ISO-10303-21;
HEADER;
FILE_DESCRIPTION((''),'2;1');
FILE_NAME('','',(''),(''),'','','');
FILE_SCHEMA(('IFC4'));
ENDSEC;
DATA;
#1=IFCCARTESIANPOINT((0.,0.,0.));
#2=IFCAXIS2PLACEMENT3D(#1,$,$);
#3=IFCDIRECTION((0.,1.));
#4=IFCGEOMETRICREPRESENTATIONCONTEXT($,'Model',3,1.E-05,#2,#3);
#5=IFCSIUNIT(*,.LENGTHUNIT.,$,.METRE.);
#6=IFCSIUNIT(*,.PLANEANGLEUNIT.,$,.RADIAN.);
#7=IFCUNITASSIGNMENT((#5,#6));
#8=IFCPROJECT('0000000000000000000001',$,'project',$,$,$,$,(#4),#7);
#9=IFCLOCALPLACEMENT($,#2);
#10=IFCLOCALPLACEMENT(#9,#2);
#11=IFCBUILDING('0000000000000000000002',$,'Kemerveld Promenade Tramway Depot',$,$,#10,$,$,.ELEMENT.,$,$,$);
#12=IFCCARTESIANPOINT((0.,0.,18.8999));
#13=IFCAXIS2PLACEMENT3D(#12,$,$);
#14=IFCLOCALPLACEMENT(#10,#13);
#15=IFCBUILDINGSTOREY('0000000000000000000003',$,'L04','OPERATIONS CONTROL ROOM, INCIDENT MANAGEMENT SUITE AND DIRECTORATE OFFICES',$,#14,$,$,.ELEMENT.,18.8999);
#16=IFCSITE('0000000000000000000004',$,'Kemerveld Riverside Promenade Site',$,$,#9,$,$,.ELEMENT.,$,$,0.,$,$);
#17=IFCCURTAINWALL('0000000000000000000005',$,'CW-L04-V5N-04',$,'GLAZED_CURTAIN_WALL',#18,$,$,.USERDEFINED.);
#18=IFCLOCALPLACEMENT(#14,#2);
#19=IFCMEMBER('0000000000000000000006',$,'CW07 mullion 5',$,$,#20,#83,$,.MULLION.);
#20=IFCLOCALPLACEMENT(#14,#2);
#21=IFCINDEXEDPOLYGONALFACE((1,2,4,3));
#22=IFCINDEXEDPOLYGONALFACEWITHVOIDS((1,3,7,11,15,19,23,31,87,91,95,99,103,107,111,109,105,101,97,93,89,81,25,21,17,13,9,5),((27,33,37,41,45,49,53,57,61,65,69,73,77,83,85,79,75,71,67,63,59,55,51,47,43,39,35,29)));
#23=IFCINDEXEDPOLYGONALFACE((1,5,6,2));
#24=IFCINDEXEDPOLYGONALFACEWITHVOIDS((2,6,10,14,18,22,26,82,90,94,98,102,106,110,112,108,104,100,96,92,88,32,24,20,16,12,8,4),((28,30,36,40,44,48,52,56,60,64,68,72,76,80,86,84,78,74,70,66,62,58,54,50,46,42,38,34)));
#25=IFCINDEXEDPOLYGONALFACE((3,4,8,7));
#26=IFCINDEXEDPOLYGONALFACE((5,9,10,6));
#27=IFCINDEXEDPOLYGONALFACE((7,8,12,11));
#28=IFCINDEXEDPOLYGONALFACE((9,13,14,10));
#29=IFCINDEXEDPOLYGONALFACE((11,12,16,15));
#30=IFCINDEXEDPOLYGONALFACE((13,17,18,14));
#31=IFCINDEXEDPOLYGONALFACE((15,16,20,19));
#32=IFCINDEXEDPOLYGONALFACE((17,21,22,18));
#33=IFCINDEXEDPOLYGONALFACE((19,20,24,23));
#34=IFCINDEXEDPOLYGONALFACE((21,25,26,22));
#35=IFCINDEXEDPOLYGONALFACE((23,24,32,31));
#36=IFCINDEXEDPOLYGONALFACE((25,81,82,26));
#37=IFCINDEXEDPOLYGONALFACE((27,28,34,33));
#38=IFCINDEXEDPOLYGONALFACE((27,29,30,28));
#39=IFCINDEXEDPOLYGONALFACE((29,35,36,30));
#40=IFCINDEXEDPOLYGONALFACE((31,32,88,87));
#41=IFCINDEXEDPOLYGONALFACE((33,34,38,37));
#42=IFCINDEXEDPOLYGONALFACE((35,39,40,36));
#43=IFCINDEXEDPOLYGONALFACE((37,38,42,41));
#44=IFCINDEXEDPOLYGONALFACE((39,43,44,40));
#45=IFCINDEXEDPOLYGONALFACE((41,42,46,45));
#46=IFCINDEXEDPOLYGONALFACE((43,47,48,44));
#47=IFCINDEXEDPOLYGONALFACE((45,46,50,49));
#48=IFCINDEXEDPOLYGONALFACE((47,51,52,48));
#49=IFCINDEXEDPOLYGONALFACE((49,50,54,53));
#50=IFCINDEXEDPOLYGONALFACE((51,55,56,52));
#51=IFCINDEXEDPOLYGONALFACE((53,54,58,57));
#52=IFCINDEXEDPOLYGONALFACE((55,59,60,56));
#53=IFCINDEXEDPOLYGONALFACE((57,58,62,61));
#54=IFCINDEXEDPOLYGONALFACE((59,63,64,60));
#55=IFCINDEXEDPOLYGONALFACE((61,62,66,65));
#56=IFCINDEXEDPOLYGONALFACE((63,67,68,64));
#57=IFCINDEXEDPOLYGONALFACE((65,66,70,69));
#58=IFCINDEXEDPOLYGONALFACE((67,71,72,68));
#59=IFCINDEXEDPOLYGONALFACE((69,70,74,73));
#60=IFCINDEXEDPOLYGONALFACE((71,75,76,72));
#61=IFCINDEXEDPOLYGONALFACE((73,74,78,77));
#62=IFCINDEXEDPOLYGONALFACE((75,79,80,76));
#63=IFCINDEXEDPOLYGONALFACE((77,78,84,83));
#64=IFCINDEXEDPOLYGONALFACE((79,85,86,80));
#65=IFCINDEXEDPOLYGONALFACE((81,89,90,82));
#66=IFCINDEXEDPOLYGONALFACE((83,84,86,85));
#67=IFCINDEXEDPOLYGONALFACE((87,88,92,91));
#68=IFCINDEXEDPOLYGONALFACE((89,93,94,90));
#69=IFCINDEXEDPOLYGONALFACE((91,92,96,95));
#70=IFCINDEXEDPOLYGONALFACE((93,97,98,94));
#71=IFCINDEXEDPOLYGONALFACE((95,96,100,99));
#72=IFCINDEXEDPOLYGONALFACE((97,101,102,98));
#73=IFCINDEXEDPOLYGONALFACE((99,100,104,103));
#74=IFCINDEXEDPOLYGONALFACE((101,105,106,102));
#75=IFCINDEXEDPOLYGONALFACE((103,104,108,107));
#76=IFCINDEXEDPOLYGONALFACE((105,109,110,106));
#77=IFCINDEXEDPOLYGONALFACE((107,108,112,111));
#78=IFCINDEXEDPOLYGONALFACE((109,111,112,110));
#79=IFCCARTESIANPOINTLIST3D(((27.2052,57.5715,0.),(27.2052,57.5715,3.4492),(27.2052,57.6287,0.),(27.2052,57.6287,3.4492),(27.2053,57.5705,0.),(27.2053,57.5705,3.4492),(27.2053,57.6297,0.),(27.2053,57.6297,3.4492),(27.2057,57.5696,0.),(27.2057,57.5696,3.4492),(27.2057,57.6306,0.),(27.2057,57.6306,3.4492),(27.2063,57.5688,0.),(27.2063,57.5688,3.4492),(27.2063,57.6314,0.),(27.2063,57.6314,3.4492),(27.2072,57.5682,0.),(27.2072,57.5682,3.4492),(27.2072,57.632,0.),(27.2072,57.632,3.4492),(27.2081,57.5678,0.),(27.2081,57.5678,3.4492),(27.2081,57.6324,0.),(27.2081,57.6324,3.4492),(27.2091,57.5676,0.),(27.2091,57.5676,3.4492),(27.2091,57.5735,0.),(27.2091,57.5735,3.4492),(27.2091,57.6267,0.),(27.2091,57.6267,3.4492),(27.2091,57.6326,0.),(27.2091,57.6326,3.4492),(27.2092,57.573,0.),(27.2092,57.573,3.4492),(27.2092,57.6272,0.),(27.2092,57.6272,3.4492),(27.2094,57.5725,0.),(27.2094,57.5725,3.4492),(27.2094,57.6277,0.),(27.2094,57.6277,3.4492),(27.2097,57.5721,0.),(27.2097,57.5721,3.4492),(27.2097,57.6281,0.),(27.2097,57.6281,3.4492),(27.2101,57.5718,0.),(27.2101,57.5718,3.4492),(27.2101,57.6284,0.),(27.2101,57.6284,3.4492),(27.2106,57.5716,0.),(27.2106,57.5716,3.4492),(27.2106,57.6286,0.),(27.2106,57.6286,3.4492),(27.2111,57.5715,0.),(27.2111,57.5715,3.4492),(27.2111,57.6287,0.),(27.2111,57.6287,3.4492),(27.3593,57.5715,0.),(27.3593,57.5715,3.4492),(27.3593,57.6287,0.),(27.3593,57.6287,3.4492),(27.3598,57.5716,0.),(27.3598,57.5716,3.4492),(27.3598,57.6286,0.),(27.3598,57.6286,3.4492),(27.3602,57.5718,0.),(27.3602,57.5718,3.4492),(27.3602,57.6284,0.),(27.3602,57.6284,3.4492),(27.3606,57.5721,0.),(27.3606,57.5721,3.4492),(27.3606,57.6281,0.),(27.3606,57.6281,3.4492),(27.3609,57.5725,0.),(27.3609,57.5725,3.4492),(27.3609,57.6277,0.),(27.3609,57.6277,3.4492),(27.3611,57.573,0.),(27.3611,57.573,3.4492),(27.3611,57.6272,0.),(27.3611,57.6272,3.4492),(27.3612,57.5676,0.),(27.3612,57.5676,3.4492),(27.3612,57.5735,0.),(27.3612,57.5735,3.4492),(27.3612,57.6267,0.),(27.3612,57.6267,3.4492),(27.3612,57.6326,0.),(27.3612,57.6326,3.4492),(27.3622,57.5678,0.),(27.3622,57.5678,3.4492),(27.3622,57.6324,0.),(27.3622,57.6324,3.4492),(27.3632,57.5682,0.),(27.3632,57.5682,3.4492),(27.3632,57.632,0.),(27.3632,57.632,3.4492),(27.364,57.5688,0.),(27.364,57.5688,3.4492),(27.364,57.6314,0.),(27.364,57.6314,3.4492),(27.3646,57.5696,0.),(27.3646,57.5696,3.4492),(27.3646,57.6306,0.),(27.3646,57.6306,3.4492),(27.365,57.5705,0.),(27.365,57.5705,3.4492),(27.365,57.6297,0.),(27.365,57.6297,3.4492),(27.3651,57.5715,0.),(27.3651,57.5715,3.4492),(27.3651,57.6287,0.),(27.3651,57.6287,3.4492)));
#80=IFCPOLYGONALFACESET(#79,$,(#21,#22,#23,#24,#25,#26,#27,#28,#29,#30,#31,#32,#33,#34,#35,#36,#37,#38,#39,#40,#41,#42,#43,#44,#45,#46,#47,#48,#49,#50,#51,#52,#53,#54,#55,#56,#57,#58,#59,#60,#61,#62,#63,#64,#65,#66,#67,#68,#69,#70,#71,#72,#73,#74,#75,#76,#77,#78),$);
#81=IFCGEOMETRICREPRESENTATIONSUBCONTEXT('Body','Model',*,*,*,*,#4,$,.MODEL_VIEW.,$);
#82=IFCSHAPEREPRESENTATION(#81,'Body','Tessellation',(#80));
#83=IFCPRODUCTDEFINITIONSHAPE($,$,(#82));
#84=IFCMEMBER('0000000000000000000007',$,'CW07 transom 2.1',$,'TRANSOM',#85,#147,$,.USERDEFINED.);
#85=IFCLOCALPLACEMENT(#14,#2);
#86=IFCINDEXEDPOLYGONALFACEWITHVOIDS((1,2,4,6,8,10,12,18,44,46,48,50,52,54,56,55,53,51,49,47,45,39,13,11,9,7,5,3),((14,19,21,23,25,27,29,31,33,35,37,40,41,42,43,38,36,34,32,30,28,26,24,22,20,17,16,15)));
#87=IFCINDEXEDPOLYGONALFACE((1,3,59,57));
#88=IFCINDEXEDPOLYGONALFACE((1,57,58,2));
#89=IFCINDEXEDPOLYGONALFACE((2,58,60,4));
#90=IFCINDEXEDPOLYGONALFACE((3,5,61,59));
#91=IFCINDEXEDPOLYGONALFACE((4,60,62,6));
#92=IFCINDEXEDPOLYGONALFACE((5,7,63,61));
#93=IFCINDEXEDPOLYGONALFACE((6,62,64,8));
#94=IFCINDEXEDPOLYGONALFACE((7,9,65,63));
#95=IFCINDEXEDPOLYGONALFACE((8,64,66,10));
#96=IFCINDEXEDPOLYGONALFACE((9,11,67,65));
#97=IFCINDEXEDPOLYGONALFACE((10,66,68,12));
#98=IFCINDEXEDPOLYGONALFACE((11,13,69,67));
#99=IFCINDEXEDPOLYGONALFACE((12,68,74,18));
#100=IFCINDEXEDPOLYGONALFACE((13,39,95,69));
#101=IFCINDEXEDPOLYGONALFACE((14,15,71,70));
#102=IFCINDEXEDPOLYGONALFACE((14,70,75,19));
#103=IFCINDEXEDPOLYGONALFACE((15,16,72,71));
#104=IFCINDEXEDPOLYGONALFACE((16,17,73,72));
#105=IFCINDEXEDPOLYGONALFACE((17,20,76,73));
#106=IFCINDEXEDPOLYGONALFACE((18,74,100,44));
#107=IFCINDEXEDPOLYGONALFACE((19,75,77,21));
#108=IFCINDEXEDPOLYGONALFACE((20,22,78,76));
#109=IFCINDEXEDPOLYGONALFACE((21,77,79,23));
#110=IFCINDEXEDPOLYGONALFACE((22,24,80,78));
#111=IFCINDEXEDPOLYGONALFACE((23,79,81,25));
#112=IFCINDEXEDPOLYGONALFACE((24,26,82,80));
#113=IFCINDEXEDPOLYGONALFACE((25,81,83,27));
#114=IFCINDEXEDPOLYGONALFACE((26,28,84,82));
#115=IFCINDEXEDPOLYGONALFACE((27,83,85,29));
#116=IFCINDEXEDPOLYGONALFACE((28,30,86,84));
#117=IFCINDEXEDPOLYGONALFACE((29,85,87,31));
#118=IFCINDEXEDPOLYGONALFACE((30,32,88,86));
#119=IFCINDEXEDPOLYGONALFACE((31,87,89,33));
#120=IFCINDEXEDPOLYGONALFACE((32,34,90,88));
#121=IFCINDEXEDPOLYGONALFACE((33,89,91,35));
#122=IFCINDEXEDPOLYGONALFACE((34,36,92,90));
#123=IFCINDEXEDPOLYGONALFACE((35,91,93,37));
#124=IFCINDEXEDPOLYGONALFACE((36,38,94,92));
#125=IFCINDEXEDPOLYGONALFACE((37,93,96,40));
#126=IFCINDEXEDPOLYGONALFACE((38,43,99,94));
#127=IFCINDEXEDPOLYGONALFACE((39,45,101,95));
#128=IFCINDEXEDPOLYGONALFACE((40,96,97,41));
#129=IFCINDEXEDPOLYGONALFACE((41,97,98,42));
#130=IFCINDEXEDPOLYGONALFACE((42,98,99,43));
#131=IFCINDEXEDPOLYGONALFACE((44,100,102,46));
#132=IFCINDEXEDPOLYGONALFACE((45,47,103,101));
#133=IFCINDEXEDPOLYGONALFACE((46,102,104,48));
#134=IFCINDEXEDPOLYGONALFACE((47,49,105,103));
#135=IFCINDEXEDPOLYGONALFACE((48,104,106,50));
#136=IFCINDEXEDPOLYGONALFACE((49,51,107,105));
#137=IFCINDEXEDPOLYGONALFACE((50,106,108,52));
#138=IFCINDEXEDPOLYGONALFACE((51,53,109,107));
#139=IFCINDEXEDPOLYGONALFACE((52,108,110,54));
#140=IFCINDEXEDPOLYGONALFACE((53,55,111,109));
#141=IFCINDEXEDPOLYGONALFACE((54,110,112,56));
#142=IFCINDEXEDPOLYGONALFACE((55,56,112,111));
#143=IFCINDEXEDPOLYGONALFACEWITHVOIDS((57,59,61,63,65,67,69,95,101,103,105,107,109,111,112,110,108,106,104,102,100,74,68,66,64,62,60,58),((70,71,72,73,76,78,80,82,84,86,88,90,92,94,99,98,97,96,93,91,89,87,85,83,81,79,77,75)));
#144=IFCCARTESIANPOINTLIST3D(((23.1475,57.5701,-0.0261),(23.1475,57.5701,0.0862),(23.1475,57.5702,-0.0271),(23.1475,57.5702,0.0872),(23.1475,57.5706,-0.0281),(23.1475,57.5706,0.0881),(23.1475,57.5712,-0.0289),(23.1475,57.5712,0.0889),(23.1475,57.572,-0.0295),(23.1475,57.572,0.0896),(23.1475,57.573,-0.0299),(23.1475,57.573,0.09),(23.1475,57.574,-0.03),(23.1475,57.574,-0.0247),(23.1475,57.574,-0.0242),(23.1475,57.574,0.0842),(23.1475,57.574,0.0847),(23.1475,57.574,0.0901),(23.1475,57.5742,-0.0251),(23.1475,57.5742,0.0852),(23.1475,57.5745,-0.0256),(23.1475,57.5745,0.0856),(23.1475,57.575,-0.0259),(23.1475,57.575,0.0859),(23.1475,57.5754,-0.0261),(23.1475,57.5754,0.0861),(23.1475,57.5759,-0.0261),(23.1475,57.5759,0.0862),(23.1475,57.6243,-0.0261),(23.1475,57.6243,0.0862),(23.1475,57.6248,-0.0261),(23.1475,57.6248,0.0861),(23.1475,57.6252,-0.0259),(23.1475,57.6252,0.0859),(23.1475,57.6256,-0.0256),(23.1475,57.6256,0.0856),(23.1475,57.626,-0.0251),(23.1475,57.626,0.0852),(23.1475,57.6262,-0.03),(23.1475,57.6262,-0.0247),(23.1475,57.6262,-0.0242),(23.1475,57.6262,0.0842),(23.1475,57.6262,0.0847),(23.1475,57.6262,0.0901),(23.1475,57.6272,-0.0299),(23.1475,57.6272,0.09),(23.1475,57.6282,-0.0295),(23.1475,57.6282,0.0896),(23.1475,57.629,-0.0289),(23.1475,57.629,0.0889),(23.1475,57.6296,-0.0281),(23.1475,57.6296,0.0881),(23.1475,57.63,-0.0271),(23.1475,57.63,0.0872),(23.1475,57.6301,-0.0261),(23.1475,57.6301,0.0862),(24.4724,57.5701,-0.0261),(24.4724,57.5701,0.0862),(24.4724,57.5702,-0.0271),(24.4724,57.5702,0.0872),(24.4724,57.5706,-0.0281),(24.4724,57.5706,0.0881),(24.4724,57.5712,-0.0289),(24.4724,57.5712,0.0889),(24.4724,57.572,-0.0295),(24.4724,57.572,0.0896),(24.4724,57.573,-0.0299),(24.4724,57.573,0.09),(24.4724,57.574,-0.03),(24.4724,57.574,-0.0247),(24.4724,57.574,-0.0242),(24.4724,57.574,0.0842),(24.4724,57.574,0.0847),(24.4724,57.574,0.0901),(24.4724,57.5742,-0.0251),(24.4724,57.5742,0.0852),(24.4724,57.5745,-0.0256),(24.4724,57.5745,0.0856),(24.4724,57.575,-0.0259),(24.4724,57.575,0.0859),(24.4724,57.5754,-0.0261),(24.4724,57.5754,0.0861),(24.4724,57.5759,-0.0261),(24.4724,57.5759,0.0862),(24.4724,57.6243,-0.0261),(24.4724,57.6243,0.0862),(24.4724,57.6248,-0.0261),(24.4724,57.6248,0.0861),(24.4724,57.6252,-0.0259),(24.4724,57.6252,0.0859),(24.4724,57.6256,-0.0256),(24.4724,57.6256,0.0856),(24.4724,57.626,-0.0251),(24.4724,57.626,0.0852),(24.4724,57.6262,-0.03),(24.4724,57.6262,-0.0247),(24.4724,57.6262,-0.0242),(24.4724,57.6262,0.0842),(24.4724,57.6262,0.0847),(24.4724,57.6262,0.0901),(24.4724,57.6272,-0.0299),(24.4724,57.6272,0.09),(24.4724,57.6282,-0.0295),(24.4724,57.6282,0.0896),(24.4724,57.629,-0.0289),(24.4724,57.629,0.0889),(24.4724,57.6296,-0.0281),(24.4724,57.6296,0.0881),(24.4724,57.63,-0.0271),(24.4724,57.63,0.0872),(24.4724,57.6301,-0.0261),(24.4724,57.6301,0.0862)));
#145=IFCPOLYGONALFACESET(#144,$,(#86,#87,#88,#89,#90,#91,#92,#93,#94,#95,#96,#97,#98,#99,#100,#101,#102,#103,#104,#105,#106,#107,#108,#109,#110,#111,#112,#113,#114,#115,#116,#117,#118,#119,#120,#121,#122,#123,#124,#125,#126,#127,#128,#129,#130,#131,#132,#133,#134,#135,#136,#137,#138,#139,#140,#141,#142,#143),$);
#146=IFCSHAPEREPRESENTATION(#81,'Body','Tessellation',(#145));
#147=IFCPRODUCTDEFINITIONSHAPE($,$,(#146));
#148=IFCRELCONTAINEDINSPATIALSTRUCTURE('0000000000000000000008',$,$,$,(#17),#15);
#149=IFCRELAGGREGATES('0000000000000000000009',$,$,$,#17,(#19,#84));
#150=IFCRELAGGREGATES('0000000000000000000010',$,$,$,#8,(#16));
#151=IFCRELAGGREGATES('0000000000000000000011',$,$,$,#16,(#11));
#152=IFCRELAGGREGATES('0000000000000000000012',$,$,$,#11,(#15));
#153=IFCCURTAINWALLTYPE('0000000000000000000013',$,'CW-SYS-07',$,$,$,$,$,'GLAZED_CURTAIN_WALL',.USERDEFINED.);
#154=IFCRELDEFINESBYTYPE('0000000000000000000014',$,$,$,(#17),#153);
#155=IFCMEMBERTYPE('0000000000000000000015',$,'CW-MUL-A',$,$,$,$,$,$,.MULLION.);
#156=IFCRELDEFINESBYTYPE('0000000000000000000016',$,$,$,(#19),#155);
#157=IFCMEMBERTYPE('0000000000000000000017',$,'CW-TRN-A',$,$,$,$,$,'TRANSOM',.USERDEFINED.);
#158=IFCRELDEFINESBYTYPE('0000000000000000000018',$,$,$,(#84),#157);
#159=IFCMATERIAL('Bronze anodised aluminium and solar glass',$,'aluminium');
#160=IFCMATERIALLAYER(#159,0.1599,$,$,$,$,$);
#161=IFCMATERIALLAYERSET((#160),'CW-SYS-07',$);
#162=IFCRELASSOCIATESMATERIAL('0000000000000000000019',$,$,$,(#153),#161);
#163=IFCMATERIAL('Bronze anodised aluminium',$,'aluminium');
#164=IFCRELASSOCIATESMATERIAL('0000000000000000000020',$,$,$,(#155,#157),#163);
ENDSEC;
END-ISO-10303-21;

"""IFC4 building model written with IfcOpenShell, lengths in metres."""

from ifc_helpers import new_model, si_unit, direction, frame, origin, origin_2d, place, context, subcontext, project, spatial, hollow_rectangle, extrude, material, layer, layer_set, material_profile, profile_set, type_object, element, aggregate, save


model = new_model("IFC4")

# Units and contexts
model_context = context("Model", 3, precision=1e-05, world=origin(), true_north=direction((0.0, 1.0)))
body_context = subcontext(model_context, "Body", "Model", "MODEL_VIEW")
ifc_project = project(units=[si_unit("LENGTHUNIT", "METRE"), si_unit("PLANEANGLEUNIT", "RADIAN")], contexts=[model_context])

# Site, building, storey
site_placement = place(None, origin())
site = spatial("IfcSite", under=ifc_project, at=site_placement, Name="Kemerveld Riverside Promenade Site", CompositionType="ELEMENT", RefElevation=0.0)
building_placement = place(site_placement, origin())
building = spatial("IfcBuilding", under=site, at=building_placement, Name="Kemerveld Promenade Tramway Depot", CompositionType="ELEMENT")
storey_placement = place(building_placement, frame((0.0, 0.0, 18.8999)))
storey = spatial("IfcBuildingStorey", under=building, at=storey_placement, Name="L04", Description="OPERATIONS CONTROL ROOM, INCIDENT MANAGEMENT SUITE AND DIRECTORATE OFFICES", CompositionType="ELEMENT", Elevation=18.8999)

# Curtain wall, members
ifc_material_1 = material(Name="Bronze anodised aluminium and solar glass", Category="aluminium")
ifc_layer_1 = layer(ifc_material_1, 0.1599)
ifc_layer_set_1 = layer_set([ifc_layer_1], Name="CW-SYS-07")
curtain_wall_type = type_object("IfcCurtainWallType", Name="CW-SYS-07", ElementType="GLAZED_CURTAIN_WALL", PredefinedType="USERDEFINED", material=ifc_layer_set_1)
curtain_wall_placement = place(storey_placement, origin())
curtain_wall = element("IfcCurtainWall", 1, at=curtain_wall_placement, inside=storey, type_object=curtain_wall_type, Name="CW-L04-V5N-04", ObjectType="GLAZED_CURTAIN_WALL", PredefinedType="USERDEFINED")
ifc_material_2 = material(Name="Bronze anodised aluminium", Category="aluminium")
ifc_material_profile_1 = material_profile(ifc_material_2, hollow_rectangle(XDim=0.0649, YDim=0.1599, WallThickness=0.0039, InnerFilletRadius=0.002, OuterFilletRadius=0.0039, at=origin_2d()), Name="CW-MUL-160x65")
ifc_profile_set_1 = profile_set([ifc_material_profile_1], Name="Bronze anodised aluminium")
member_type_1 = type_object("IfcMemberType", Name="CW-MUL-A", PredefinedType="MULLION", material=ifc_profile_set_1)
member_1_placement = place(storey_placement, frame((27.2852, 57.6001, 0.0), z_axis=(0.0, 0.0, 1.0), x_axis=(0.0, 1.0, 0.0)))
member_1 = element("IfcMember", 2, at=member_1_placement, type_object=member_type_1, Name="CW07 mullion 5", PredefinedType="MULLION", context=body_context, shape_type="SweptSolid", body=[
    extrude(hollow_rectangle(XDim=0.0649, YDim=0.1599, WallThickness=0.0039, InnerFilletRadius=0.002, OuterFilletRadius=0.0039, at=origin_2d()), origin(), (0.0, 0.0, 1.0), 3.4492),
])
ifc_material_profile_2 = material_profile(ifc_material_2, hollow_rectangle(XDim=0.0601, YDim=0.1201, WallThickness=0.0039, InnerFilletRadius=0.002, OuterFilletRadius=0.0039, at=origin_2d()), Name="CW-TRN-120x60")
ifc_profile_set_2 = profile_set([ifc_material_profile_2], Name="Bronze anodised aluminium")
member_type_2 = type_object("IfcMemberType", Name="CW-TRN-A", ElementType="TRANSOM", PredefinedType="USERDEFINED", material=ifc_profile_set_2)
member_2_placement = place(storey_placement, frame((23.1475, 57.6001, 0.03), z_axis=(1.0, 0.0, 0.0), x_axis=(0.0, 1.0, 0.0)))
member_2 = element("IfcMember", 3, at=member_2_placement, type_object=member_type_2, Name="CW07 transom 2.1", ObjectType="TRANSOM", PredefinedType="USERDEFINED", context=body_context, shape_type="SweptSolid", body=[
    extrude(hollow_rectangle(XDim=0.0601, YDim=0.1201, WallThickness=0.0039, InnerFilletRadius=0.002, OuterFilletRadius=0.0039, at=origin_2d()), origin(), (0.0, 0.0, 1.0), 1.325),
])
aggregate(curtain_wall, [member_1, member_2])

save(model, "model.ifc")
